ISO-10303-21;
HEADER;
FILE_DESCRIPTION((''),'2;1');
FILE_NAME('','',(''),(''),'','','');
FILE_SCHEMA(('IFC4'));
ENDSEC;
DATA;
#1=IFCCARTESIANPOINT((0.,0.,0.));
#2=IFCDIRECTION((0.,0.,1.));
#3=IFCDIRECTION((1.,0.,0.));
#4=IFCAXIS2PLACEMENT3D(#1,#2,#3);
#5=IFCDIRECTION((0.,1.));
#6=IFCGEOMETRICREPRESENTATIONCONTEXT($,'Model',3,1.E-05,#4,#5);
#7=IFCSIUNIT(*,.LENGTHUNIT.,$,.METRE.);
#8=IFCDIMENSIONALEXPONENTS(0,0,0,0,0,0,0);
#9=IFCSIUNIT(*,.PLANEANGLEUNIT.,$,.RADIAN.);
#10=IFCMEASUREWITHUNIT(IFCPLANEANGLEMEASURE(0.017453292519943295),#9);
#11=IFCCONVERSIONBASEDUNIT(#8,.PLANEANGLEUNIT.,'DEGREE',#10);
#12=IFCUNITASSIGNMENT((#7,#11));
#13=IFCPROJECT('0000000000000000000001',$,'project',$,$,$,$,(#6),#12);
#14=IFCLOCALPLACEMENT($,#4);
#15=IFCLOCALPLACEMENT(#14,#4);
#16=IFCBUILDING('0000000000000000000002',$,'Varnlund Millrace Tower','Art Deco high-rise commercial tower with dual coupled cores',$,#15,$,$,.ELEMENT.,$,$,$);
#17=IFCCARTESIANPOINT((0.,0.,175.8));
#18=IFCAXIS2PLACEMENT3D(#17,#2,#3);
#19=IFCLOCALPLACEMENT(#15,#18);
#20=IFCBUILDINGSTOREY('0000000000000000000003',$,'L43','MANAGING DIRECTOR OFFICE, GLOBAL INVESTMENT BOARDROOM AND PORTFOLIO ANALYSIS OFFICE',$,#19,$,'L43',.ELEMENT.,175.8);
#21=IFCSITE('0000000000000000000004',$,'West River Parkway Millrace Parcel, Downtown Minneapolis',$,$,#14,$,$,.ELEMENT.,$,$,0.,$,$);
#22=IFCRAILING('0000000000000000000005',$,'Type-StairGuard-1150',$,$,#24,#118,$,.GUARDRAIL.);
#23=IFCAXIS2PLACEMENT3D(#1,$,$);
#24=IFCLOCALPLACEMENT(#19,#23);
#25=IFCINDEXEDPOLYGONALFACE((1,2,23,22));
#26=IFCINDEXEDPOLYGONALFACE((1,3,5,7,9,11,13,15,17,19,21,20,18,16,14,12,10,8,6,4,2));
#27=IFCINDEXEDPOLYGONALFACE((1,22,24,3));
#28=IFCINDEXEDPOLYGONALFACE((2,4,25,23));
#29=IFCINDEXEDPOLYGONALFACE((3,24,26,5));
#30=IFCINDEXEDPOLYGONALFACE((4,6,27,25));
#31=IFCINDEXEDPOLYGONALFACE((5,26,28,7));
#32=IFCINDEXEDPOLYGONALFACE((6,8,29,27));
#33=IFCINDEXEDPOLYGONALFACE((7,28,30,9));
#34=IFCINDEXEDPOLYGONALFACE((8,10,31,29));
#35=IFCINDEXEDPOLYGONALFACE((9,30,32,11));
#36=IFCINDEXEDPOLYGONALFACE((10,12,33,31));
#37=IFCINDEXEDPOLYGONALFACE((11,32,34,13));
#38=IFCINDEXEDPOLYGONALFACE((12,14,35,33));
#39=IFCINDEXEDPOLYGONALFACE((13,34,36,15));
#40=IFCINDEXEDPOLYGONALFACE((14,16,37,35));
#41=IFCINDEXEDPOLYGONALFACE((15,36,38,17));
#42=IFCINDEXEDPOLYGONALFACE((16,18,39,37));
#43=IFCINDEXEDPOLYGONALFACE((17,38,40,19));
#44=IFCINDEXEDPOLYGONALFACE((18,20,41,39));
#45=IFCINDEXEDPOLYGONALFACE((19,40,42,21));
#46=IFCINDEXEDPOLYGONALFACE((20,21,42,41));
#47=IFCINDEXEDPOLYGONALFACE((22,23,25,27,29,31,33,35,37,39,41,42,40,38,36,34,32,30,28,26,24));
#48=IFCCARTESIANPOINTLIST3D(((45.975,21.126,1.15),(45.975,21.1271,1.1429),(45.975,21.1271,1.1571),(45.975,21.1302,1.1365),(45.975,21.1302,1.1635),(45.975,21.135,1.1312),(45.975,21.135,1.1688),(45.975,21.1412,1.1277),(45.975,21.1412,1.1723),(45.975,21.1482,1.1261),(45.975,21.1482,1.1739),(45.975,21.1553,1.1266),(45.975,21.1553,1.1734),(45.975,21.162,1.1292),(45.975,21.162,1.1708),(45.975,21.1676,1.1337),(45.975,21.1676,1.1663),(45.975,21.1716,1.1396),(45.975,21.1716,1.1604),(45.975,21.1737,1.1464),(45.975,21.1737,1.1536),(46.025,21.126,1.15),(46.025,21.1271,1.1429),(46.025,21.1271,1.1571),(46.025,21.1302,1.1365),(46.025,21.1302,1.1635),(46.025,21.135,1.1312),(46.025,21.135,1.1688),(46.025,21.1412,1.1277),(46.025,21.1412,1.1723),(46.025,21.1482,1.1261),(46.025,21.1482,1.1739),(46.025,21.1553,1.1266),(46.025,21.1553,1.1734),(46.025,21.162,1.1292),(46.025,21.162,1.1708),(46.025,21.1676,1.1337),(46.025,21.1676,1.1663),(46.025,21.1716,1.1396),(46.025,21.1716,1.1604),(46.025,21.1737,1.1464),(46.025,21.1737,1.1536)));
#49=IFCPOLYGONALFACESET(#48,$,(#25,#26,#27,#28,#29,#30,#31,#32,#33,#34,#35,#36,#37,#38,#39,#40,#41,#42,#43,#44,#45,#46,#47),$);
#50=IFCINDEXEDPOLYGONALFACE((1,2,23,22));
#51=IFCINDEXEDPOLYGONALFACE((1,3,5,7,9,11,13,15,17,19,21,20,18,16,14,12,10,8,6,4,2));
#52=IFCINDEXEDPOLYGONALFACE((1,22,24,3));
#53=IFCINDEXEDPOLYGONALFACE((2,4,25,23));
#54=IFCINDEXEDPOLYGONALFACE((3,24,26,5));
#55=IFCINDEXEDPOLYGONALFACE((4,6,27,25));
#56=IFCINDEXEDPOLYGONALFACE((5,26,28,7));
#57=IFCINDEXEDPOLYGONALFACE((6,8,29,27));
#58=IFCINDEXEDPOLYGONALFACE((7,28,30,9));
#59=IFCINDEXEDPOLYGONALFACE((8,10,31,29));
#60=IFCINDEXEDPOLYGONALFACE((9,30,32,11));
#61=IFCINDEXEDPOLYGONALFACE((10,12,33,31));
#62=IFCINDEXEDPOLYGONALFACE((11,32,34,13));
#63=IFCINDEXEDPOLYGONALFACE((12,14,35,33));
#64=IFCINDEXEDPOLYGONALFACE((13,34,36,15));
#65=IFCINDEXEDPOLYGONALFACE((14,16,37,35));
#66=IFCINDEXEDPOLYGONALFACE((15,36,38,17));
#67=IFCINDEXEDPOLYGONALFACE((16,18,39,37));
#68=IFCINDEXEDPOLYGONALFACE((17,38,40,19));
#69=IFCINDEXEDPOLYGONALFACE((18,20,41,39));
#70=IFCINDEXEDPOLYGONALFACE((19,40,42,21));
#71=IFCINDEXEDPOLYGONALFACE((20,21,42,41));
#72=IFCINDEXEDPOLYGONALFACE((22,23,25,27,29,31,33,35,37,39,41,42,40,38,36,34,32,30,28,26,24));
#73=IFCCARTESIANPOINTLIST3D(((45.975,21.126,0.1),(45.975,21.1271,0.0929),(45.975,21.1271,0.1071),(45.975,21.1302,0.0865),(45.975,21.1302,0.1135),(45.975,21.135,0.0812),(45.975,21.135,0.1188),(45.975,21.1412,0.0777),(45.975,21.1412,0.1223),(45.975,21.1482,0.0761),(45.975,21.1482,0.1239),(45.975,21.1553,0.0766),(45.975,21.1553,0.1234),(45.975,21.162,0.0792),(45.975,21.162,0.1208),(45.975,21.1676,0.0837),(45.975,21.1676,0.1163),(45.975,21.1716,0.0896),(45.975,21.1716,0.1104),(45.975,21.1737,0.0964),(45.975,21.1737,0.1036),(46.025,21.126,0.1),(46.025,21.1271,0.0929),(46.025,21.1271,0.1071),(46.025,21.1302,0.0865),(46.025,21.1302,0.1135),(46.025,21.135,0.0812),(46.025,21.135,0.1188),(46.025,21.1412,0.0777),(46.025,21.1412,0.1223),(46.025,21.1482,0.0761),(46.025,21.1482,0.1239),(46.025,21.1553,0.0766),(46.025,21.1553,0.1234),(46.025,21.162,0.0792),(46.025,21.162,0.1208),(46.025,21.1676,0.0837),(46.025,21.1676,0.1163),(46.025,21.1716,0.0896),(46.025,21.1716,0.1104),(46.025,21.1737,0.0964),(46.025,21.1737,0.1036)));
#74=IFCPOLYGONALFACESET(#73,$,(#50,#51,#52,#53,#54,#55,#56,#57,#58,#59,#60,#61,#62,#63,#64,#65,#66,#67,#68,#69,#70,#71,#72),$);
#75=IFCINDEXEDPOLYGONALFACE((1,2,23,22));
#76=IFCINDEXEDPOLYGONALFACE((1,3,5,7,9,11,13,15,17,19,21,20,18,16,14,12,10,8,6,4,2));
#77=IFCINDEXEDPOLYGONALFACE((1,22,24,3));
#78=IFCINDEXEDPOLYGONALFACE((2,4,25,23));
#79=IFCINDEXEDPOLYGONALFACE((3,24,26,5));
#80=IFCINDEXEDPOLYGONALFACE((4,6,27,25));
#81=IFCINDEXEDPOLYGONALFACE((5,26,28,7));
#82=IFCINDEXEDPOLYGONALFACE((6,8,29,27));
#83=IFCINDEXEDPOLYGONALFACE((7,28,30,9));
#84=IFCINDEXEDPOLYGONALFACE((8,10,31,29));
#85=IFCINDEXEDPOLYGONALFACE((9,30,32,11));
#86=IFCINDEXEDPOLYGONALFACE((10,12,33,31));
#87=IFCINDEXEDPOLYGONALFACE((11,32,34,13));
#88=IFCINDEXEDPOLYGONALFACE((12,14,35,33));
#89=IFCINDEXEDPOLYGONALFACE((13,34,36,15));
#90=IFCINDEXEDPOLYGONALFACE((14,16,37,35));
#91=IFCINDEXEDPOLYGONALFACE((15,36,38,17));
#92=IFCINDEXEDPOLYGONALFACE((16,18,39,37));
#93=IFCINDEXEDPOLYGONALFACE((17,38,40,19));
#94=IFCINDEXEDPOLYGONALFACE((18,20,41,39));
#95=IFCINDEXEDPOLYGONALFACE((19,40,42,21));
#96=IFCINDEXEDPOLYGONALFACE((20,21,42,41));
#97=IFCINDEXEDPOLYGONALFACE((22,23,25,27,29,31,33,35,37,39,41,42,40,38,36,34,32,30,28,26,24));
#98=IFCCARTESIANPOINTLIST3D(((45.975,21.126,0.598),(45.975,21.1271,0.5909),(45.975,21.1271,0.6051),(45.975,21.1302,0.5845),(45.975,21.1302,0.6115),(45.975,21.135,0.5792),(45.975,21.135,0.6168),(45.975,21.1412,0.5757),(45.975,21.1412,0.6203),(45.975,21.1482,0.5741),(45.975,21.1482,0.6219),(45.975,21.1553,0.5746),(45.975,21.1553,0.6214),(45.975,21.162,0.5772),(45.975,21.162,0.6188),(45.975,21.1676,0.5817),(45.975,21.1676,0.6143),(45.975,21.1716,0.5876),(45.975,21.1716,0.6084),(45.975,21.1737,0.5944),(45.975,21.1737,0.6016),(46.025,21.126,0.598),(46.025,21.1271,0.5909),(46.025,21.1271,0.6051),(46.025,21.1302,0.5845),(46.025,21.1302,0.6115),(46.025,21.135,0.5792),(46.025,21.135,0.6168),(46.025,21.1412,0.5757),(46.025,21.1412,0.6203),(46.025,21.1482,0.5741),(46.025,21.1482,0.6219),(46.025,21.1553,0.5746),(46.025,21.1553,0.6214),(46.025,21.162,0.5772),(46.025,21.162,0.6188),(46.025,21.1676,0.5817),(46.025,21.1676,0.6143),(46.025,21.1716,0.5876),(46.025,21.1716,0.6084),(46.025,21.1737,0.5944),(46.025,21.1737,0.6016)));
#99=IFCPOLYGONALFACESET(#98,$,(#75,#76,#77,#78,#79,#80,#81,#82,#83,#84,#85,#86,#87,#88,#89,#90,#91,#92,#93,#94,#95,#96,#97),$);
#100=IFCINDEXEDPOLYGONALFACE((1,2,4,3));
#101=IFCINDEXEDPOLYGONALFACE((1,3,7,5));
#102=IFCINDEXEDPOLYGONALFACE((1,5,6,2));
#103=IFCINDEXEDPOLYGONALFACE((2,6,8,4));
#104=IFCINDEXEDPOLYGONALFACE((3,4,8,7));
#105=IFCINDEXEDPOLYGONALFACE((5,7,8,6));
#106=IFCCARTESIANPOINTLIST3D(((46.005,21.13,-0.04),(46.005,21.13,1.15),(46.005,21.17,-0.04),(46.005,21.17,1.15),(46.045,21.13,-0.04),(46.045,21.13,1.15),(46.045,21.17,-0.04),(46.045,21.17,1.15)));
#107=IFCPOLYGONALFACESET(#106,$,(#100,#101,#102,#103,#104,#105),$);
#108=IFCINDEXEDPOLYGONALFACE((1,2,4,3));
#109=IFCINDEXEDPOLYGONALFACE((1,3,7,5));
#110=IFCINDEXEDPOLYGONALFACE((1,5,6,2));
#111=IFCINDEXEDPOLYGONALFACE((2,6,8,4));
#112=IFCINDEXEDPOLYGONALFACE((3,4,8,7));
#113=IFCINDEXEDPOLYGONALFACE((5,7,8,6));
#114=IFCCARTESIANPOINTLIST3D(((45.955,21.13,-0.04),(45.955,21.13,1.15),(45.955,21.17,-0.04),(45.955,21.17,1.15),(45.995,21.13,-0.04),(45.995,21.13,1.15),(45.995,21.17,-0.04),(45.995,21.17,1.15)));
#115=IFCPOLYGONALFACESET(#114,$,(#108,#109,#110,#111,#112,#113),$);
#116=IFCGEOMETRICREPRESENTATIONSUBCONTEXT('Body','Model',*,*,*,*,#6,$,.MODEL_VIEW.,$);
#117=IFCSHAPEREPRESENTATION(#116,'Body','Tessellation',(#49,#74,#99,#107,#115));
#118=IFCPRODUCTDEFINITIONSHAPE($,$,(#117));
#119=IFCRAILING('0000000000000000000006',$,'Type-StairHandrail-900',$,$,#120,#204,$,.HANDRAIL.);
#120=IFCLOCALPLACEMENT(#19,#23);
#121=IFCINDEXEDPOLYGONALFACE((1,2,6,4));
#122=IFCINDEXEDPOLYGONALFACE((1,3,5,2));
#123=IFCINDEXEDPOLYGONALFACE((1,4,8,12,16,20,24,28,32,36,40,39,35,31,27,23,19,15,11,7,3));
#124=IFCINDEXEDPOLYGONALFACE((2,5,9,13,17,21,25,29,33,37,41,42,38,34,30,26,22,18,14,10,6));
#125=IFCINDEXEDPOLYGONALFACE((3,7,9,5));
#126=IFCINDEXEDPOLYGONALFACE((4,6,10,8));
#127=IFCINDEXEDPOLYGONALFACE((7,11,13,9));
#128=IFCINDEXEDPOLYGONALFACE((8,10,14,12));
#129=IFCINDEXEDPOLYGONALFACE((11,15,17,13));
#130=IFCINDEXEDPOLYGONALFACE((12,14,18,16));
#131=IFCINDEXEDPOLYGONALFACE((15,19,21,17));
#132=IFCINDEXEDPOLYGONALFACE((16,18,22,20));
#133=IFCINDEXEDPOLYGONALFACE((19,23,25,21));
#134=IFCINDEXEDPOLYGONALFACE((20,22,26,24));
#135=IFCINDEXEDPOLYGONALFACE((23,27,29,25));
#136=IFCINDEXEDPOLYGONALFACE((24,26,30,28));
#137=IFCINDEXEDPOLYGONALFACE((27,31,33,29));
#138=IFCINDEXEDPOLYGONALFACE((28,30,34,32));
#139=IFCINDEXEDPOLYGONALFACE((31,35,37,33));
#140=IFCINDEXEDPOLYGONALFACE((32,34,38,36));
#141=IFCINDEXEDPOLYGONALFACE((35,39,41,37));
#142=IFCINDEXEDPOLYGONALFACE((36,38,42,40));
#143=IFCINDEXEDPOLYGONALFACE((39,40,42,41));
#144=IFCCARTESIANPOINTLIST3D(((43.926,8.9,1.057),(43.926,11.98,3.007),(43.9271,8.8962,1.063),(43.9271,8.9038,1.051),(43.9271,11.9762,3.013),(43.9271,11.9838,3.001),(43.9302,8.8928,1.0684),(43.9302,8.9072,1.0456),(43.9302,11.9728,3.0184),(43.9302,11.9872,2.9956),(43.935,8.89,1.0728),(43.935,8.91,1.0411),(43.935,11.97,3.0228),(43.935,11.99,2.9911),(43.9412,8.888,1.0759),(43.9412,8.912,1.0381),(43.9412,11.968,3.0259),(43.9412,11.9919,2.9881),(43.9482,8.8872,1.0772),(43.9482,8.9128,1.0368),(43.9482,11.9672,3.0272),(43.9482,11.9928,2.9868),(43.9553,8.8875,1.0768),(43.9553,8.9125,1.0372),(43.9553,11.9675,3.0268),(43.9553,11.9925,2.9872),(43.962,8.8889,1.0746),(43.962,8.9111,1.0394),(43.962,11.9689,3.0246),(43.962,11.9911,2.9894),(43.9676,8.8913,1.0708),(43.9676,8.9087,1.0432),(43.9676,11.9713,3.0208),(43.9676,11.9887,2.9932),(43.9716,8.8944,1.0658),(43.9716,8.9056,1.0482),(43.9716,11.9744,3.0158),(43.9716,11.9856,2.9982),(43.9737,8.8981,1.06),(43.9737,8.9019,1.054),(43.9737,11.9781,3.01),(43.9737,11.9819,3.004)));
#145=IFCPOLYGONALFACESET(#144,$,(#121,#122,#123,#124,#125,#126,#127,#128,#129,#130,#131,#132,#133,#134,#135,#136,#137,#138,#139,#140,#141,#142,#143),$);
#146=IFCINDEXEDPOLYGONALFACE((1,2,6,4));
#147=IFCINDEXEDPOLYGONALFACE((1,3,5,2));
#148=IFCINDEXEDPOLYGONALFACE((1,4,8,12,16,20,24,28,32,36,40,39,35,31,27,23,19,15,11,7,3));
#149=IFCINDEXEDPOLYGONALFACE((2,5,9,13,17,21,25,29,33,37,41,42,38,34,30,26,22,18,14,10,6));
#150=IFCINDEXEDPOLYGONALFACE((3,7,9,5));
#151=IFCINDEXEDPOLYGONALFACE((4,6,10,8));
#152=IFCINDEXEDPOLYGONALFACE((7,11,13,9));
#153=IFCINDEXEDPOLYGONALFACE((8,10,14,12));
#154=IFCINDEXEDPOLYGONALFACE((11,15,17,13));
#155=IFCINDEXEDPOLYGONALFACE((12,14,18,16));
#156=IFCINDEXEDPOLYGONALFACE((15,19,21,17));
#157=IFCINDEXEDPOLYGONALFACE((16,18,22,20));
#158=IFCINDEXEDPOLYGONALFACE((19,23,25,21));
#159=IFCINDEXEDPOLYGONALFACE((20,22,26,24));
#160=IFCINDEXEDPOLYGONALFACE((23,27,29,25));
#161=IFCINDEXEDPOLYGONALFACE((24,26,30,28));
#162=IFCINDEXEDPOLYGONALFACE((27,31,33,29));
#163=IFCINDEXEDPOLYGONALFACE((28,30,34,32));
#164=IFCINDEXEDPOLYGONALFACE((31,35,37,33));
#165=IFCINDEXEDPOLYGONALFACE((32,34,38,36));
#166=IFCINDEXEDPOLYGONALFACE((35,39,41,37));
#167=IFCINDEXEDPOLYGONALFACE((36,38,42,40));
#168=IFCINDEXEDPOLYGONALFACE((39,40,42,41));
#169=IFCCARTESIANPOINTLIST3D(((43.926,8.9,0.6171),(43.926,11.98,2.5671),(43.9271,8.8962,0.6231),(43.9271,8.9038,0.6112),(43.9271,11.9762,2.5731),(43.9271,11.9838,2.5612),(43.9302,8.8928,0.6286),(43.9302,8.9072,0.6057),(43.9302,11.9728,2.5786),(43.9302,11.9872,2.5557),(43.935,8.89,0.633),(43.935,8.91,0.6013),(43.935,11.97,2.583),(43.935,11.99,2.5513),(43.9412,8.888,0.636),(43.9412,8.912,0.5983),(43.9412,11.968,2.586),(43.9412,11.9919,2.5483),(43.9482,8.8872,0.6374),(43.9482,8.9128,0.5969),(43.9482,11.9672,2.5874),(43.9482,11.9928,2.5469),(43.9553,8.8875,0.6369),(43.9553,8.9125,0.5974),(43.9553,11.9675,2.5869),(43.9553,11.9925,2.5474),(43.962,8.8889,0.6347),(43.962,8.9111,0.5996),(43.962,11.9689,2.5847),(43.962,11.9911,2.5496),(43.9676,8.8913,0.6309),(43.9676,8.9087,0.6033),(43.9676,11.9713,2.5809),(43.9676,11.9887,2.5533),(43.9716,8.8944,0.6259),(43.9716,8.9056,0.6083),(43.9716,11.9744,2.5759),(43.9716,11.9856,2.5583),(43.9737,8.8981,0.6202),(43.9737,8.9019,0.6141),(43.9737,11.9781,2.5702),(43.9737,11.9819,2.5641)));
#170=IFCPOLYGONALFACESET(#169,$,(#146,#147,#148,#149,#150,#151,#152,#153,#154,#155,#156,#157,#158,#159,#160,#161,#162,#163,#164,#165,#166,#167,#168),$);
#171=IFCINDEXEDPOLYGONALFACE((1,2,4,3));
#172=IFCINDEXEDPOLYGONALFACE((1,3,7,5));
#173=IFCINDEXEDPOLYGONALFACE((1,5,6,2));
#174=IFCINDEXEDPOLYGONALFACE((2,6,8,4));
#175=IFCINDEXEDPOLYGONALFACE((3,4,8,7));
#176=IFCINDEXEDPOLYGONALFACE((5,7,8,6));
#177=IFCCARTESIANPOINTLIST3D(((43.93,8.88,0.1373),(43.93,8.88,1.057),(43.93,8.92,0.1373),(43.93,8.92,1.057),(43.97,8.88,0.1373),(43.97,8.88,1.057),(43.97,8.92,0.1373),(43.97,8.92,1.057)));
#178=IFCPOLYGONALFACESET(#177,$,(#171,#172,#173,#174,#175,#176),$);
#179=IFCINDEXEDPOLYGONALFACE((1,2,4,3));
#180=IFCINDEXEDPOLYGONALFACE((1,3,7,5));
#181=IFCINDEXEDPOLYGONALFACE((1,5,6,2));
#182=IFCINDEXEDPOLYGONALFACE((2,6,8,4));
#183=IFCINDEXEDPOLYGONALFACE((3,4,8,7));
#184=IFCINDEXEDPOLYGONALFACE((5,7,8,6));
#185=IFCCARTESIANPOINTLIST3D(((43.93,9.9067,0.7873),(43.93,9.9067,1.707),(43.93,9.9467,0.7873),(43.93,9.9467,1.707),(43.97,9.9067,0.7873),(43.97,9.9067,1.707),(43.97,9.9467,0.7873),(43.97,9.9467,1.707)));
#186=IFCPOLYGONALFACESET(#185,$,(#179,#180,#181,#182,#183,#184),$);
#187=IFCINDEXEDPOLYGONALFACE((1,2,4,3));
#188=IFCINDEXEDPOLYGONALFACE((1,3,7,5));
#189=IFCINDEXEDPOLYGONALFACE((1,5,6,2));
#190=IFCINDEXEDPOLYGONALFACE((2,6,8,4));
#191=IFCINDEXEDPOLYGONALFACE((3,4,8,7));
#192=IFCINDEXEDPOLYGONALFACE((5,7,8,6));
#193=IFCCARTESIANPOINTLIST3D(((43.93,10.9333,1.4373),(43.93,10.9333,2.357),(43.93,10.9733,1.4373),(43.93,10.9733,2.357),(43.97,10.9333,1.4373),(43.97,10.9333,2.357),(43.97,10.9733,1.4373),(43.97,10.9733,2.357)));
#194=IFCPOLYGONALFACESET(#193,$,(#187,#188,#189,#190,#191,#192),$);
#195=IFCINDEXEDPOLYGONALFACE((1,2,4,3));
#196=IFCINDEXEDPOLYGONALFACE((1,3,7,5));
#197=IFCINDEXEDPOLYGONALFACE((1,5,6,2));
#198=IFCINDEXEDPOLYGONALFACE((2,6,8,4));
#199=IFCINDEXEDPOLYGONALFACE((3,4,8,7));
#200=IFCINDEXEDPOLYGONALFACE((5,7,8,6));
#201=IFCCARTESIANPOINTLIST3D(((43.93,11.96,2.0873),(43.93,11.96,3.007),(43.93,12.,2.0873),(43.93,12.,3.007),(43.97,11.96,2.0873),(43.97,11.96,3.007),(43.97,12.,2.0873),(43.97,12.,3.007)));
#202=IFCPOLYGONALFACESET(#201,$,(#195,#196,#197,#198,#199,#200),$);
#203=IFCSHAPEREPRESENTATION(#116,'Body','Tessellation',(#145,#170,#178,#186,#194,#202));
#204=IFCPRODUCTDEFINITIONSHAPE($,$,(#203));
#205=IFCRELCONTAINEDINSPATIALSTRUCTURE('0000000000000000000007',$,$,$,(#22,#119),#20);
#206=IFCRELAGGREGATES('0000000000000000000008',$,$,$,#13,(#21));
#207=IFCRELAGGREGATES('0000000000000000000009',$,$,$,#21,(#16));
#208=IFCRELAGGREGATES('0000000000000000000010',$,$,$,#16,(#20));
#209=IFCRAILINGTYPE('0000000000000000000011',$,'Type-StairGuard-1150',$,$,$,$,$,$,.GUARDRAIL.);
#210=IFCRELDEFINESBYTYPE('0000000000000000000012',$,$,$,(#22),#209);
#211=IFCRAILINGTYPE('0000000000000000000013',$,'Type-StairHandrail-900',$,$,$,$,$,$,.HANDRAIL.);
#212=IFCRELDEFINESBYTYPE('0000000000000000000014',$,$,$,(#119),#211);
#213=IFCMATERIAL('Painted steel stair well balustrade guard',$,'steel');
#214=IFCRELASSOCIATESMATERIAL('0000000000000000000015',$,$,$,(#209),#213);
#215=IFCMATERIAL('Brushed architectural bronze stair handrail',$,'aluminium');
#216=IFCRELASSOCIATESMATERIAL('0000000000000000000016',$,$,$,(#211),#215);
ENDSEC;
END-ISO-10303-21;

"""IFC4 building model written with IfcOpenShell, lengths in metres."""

from ifc_helpers import new_model, entity, si_unit, converted_unit, direction, frame, origin_with_axes, origin_2d_with_axis, place, context, subcontext, project, spatial, rectangle, circle, extrude, material, type_object, element, save


model = new_model("IFC4")

# Units and contexts
model_context = context("Model", 3, precision=1e-05, world=origin_with_axes(), true_north=direction((0.0, 1.0)))
body_context = subcontext(model_context, "Body", "Model", "MODEL_VIEW")
ifc_project = project(units=[si_unit("LENGTHUNIT", "METRE"), converted_unit("PLANEANGLEUNIT", "DEGREE", entity("IfcPlaneAngleMeasure", 0.017453292519943295), si_unit("PLANEANGLEUNIT", "RADIAN"), dimensions=[0, 0, 0, 0, 0, 0, 0])], contexts=[model_context])

# Site, building, storey
site_placement = place(None, origin_with_axes())
site = spatial("IfcSite", under=ifc_project, at=site_placement, Name="West River Parkway Millrace Parcel, Downtown Minneapolis", CompositionType="ELEMENT", RefElevation=0.0)
building_placement = place(site_placement, origin_with_axes())
building = spatial("IfcBuilding", under=site, at=building_placement, Name="Varnlund Millrace Tower", Description="Art Deco high-rise commercial tower with dual coupled cores", CompositionType="ELEMENT")
storey_placement = place(building_placement, frame((0.0, 0.0, 175.8), z_axis=(0.0, 0.0, 1.0), x_axis=(1.0, 0.0, 0.0)))
storey = spatial("IfcBuildingStorey", under=building, at=storey_placement, Name="L43", Description="MANAGING DIRECTOR OFFICE, GLOBAL INVESTMENT BOARDROOM AND PORTFOLIO ANALYSIS OFFICE", LongName="L43", CompositionType="ELEMENT", Elevation=175.8)

# Railings
ifc_material_1 = material(Name="Painted steel stair well balustrade guard", Category="steel")
railing_type_1 = type_object("IfcRailingType", Name="Type-StairGuard-1150", PredefinedType="GUARDRAIL", material=ifc_material_1)
railing_1_placement = place(storey_placement, frame((0.0, 0.0, -175.8), z_axis=(0.0, 0.0, 1.0), x_axis=(1.0, 0.0, 0.0)))
element("IfcRailing", 1, at=railing_1_placement, inside=storey, type_object=railing_type_1, Name="Type-StairGuard-1150", PredefinedType="GUARDRAIL", context=body_context, shape_type="SweptSolid", body=[
    extrude(circle(Radius=0.024, at=origin_2d_with_axis()), frame((46.025, 21.15, 176.95), z_axis=(-1.0, 0.0, 0.0), x_axis=(0.0, -1.0, 0.0)), (0.0, 0.0, 1.0), 0.05),
    extrude(circle(Radius=0.024, at=origin_2d_with_axis()), frame((46.025, 21.15, 175.9), z_axis=(-1.0, 0.0, 0.0), x_axis=(0.0, -1.0, 0.0)), (0.0, 0.0, 1.0), 0.05),
    extrude(circle(Radius=0.024, at=origin_2d_with_axis()), frame((46.025, 21.15, 176.398), z_axis=(-1.0, 0.0, 0.0), x_axis=(0.0, -1.0, 0.0)), (0.0, 0.0, 1.0), 0.05),
    extrude(rectangle(XDim=0.04, YDim=0.04, at=origin_2d_with_axis()), frame((46.025, 21.15, 175.76), z_axis=(0.0, 0.0, 1.0), x_axis=(1.0, 0.0, 0.0)), (0.0, 0.0, 1.0), 1.19),
    extrude(rectangle(XDim=0.04, YDim=0.04, at=origin_2d_with_axis()), frame((45.975, 21.15, 175.76), z_axis=(0.0, 0.0, 1.0), x_axis=(1.0, 0.0, 0.0)), (0.0, 0.0, 1.0), 1.19),
])
ifc_material_2 = material(Name="Brushed architectural bronze stair handrail", Category="aluminium")
railing_type_2 = type_object("IfcRailingType", Name="Type-StairHandrail-900", PredefinedType="HANDRAIL", material=ifc_material_2)
railing_2_placement = place(storey_placement, frame((0.0, 0.0, -175.8), z_axis=(0.0, 0.0, 1.0), x_axis=(1.0, 0.0, 0.0)))
element("IfcRailing", 2, at=railing_2_placement, inside=storey, type_object=railing_type_2, Name="Type-StairHandrail-900", PredefinedType="HANDRAIL", context=body_context, shape_type="SweptSolid", body=[
    extrude(circle(Radius=0.024, at=origin_2d_with_axis()), frame((43.95, 8.9, 176.857), z_axis=(0.0, 0.844902, 0.534922), x_axis=(-1.0, 0.0, 0.0)), (0.0, 0.0, 1.0), 3.6454),
    extrude(circle(Radius=0.024, at=origin_2d_with_axis()), frame((43.95, 8.9, 176.4171), z_axis=(0.0, 0.844902, 0.534922), x_axis=(-1.0, 0.0, 0.0)), (0.0, 0.0, 1.0), 3.6454),
    extrude(rectangle(XDim=0.04, YDim=0.04, at=origin_2d_with_axis()), frame((43.95, 8.9, 175.9373), z_axis=(0.0, 0.0, 1.0), x_axis=(1.0, 0.0, 0.0)), (0.0, 0.0, 1.0), 0.9197),
    extrude(rectangle(XDim=0.04, YDim=0.04, at=origin_2d_with_axis()), frame((43.95, 9.9267, 176.5873), z_axis=(0.0, 0.0, 1.0), x_axis=(1.0, 0.0, 0.0)), (0.0, 0.0, 1.0), 0.9197),
    extrude(rectangle(XDim=0.04, YDim=0.04, at=origin_2d_with_axis()), frame((43.95, 10.9533, 177.2373), z_axis=(0.0, 0.0, 1.0), x_axis=(1.0, 0.0, 0.0)), (0.0, 0.0, 1.0), 0.9197),
    extrude(rectangle(XDim=0.04, YDim=0.04, at=origin_2d_with_axis()), frame((43.95, 11.98, 177.8873), z_axis=(0.0, 0.0, 1.0), x_axis=(1.0, 0.0, 0.0)), (0.0, 0.0, 1.0), 0.9197),
])

save(model, "model.ifc")
